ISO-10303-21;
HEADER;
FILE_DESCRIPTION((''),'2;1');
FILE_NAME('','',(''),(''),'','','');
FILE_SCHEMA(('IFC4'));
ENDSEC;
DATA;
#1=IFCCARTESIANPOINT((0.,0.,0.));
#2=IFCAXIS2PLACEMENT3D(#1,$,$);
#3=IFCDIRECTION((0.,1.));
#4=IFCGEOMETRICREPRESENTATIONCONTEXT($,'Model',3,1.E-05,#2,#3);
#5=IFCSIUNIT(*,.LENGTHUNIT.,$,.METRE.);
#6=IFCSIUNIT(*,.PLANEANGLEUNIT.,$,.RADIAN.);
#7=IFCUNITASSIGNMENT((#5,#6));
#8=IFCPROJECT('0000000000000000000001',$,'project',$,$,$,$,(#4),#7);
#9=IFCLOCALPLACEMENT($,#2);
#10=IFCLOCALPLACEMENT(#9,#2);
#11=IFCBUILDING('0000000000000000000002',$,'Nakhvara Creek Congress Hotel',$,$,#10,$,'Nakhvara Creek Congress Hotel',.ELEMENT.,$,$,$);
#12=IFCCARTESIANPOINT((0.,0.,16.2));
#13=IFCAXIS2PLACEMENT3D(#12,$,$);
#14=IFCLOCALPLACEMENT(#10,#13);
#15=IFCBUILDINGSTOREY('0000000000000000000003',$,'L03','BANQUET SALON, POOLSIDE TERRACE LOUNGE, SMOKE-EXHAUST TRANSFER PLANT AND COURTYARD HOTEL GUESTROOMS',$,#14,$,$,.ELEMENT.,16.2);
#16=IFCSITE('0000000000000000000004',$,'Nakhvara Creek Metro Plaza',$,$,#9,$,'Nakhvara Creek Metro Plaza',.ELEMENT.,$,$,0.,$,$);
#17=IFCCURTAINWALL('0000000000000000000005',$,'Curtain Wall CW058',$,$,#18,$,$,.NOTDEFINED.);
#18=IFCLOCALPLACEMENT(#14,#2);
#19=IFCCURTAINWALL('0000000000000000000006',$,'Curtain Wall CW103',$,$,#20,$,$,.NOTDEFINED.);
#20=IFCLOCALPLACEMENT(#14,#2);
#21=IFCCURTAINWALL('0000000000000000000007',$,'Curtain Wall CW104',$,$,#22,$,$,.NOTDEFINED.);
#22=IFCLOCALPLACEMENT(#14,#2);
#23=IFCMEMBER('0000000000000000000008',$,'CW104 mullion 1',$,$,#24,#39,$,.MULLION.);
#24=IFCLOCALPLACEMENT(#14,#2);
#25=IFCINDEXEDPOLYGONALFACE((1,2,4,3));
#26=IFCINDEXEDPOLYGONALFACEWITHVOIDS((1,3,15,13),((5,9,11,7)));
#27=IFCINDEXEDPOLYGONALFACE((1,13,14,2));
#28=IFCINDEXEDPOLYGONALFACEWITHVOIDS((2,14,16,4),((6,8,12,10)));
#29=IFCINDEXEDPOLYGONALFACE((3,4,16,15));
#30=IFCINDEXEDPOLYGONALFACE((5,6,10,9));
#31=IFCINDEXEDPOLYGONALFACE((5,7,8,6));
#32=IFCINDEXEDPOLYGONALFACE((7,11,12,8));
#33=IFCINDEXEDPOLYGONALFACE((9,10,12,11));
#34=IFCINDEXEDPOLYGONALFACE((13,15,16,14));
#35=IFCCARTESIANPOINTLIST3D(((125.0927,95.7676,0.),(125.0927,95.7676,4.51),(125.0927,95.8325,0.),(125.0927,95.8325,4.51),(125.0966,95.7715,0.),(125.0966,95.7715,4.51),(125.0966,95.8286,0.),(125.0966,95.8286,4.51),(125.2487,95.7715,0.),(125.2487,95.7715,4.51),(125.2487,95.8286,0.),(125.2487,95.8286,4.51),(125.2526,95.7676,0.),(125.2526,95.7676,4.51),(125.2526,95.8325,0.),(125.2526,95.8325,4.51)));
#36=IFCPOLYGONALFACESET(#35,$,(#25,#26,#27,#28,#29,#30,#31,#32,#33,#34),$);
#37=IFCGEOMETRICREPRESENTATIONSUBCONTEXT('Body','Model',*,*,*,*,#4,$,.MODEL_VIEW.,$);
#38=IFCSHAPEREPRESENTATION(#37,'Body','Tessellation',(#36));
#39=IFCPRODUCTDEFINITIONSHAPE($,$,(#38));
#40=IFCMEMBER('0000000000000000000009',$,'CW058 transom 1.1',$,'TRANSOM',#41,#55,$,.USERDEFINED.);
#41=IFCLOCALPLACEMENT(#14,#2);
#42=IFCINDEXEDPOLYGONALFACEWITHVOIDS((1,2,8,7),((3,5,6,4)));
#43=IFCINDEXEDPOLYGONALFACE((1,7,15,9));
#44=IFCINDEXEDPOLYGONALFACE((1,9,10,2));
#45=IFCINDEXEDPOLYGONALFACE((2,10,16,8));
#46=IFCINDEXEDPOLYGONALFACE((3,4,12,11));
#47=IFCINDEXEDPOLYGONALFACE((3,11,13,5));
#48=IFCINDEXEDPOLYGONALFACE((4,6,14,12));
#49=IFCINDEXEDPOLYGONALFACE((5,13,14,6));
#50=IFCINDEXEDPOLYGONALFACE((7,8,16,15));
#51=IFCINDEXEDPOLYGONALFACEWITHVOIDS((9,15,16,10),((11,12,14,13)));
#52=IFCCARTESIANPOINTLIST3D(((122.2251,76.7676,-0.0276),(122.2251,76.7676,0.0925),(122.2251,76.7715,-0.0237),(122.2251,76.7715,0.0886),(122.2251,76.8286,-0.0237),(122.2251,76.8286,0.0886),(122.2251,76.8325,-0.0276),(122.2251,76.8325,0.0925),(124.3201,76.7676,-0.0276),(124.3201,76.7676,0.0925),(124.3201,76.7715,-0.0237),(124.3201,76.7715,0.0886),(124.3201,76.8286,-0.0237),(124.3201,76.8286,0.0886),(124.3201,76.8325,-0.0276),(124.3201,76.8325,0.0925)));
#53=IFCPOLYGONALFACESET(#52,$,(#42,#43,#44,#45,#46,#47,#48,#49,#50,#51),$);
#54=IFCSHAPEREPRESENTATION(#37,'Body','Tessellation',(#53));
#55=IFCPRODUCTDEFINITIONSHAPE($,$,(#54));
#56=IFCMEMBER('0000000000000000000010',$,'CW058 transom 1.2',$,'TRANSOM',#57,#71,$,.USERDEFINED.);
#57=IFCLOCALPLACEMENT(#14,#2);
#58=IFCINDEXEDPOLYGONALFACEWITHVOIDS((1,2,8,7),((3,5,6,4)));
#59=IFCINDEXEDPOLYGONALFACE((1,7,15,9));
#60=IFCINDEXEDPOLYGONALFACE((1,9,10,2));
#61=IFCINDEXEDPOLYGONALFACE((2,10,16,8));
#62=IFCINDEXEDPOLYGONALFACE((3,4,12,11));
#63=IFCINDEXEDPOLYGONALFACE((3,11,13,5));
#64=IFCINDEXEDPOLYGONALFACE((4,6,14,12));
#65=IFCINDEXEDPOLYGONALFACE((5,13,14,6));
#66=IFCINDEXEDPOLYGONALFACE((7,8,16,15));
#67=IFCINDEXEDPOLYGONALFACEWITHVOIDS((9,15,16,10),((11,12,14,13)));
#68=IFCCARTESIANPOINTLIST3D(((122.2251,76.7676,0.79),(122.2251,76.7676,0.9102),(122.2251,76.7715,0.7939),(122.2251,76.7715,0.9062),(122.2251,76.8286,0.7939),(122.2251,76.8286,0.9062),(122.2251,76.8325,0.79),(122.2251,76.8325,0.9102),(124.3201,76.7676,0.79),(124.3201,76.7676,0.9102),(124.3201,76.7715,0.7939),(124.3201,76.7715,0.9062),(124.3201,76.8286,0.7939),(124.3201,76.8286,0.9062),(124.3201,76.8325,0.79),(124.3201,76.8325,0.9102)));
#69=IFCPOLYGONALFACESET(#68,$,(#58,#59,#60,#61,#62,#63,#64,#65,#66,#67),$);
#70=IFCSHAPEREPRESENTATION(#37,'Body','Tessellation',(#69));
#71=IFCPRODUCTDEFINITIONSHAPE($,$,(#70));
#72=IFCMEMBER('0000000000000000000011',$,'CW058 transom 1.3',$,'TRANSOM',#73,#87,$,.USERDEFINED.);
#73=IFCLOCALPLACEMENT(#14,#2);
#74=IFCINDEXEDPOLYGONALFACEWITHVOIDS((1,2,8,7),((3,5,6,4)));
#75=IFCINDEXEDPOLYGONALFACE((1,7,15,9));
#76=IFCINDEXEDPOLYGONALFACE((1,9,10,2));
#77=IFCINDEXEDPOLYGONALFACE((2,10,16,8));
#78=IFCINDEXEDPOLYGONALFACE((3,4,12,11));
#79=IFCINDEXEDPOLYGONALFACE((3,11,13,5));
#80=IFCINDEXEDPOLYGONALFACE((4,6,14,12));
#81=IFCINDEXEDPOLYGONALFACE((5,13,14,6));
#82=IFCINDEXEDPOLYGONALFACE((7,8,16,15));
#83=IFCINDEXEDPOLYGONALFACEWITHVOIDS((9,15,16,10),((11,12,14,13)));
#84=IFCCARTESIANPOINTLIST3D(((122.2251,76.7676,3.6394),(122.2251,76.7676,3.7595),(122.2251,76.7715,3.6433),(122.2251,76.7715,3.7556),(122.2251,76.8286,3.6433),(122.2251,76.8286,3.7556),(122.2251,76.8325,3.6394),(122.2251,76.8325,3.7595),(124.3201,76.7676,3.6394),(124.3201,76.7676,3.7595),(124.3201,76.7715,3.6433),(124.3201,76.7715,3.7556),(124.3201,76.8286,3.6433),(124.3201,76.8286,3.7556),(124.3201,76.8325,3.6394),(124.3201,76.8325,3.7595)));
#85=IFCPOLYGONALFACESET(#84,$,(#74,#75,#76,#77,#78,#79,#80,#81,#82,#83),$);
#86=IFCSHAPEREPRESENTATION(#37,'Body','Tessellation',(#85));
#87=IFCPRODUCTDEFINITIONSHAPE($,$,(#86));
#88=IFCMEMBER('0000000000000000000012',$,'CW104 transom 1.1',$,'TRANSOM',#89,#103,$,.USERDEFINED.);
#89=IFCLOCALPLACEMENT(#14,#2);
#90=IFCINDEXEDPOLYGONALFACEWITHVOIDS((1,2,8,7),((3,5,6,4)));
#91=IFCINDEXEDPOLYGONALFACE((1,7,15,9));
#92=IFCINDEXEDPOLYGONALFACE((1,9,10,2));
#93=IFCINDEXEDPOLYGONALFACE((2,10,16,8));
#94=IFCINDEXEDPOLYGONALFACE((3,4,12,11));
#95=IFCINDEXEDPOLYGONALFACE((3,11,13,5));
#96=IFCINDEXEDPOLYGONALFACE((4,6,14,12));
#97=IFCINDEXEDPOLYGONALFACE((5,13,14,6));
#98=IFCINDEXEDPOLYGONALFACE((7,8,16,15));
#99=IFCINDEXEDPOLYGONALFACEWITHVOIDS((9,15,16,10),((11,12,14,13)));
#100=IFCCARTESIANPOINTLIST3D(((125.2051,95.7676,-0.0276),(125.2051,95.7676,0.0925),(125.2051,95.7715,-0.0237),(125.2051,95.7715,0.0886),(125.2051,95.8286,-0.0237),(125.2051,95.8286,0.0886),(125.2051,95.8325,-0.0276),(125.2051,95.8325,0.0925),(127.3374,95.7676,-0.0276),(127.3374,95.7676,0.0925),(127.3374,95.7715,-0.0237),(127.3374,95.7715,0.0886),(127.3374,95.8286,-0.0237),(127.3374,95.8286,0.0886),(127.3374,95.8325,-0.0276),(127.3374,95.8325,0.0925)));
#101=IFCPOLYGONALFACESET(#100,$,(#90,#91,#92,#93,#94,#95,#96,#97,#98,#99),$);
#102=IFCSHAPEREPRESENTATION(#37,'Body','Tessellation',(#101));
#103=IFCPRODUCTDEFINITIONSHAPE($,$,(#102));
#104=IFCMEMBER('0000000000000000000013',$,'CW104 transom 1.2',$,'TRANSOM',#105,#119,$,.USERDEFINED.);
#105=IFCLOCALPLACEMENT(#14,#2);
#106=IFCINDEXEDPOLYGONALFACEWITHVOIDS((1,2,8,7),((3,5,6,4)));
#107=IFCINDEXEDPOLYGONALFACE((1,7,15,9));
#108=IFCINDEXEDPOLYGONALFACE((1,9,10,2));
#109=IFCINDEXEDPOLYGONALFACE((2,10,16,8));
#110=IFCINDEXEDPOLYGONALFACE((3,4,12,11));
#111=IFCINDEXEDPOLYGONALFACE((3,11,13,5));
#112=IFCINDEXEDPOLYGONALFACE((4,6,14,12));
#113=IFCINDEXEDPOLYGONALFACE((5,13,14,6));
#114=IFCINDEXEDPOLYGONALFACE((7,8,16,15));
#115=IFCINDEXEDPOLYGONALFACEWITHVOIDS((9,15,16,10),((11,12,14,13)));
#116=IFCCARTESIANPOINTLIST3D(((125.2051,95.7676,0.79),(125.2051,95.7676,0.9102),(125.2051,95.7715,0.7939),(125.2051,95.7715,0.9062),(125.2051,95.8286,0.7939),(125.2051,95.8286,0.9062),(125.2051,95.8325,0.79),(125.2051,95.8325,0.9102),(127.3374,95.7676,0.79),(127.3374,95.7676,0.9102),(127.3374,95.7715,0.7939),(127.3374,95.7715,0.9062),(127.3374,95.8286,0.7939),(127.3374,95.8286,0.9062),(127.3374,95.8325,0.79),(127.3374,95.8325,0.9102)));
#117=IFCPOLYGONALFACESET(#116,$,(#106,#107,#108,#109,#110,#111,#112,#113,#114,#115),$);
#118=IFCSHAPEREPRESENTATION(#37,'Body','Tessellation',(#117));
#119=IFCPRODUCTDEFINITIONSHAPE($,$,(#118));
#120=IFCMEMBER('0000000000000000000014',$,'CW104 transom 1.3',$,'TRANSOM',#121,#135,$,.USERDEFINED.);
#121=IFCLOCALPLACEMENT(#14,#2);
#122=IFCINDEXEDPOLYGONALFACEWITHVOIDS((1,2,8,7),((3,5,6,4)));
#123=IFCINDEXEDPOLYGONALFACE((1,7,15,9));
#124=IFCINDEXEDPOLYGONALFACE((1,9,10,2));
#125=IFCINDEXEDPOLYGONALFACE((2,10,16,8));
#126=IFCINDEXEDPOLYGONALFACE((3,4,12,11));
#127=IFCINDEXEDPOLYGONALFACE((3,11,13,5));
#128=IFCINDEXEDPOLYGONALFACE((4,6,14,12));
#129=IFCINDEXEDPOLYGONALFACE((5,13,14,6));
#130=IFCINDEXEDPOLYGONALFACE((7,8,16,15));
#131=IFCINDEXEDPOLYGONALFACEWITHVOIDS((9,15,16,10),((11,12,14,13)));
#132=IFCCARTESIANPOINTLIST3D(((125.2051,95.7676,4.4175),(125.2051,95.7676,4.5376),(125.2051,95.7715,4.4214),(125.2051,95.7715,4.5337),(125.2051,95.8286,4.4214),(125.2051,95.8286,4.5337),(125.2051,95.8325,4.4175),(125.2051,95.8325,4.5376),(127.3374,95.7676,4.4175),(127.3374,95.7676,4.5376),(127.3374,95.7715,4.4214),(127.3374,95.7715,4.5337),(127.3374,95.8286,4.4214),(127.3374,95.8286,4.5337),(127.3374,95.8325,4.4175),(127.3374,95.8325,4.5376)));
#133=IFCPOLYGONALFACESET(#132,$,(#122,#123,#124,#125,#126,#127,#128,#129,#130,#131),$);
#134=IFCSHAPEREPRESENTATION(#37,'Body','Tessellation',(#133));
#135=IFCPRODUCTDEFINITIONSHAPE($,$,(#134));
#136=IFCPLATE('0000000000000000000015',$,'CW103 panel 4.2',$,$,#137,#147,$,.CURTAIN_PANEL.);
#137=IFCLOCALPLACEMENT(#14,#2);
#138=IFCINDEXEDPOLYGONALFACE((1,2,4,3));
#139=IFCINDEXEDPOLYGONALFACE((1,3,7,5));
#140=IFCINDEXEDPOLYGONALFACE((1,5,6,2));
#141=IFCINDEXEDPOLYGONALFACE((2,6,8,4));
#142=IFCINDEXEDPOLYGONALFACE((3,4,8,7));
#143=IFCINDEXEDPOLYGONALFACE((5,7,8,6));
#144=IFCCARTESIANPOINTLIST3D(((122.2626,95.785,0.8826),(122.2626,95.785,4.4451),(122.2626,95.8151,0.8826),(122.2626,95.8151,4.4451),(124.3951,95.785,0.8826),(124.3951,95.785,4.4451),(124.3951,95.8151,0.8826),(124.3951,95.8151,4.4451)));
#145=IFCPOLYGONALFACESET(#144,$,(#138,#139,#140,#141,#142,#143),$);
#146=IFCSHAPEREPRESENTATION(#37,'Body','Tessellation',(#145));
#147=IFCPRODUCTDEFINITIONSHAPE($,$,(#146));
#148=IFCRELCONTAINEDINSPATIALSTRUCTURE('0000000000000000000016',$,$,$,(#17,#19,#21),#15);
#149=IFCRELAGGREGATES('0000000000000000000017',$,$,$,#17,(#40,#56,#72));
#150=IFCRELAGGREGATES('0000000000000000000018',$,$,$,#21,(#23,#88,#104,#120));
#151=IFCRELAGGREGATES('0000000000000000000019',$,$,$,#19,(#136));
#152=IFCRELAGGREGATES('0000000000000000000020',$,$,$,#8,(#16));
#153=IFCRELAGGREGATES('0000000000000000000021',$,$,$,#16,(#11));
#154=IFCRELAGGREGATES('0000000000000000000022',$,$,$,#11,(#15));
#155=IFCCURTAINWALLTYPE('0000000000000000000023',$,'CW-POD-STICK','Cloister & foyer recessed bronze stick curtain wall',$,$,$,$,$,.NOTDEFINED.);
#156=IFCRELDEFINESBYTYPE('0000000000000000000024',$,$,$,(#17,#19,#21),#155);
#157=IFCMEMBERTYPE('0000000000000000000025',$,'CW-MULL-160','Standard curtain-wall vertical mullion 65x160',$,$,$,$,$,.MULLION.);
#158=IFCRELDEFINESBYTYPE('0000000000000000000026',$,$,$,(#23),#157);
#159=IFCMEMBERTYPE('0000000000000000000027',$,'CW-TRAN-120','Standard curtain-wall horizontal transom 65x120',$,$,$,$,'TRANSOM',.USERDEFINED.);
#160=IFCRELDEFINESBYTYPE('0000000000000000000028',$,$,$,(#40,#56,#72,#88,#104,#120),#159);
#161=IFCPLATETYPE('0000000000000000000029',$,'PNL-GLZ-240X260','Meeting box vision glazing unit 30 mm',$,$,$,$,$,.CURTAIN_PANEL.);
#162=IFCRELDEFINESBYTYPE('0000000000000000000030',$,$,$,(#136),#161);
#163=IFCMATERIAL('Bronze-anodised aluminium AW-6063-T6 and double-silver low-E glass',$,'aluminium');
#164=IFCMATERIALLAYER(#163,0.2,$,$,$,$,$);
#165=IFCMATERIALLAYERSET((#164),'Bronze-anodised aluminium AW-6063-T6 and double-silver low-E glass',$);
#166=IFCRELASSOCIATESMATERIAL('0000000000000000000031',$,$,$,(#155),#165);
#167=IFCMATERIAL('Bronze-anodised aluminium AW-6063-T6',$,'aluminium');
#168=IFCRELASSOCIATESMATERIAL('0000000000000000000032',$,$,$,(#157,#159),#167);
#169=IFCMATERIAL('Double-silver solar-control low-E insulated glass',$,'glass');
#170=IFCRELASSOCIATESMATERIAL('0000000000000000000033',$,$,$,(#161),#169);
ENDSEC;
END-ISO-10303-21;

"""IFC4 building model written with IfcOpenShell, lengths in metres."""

from ifc_helpers import new_model, si_unit, direction, frame, origin, origin_2d, place, context, subcontext, project, spatial, rectangle, hollow_rectangle, extrude, material, layer, layer_set, material_profile, profile_set, type_object, element, aggregate, save


model = new_model("IFC4")

# Units and contexts
model_context = context("Model", 3, precision=1e-05, world=origin(), true_north=direction((0.0, 1.0)))
body_context = subcontext(model_context, "Body", "Model", "MODEL_VIEW")
ifc_project = project(units=[si_unit("LENGTHUNIT", "METRE"), si_unit("PLANEANGLEUNIT", "RADIAN")], contexts=[model_context])

# Site, building, storey
site_placement = place(None, origin())
site = spatial("IfcSite", under=ifc_project, at=site_placement, Name="Nakhvara Creek Metro Plaza", LongName="Nakhvara Creek Metro Plaza", CompositionType="ELEMENT", RefElevation=0.0)
building_placement = place(site_placement, origin())
building = spatial("IfcBuilding", under=site, at=building_placement, Name="Nakhvara Creek Congress Hotel", LongName="Nakhvara Creek Congress Hotel", CompositionType="ELEMENT")
storey_placement = place(building_placement, frame((0.0, 0.0, 16.2)))
storey = spatial("IfcBuildingStorey", under=building, at=storey_placement, Name="L03", Description="BANQUET SALON, POOLSIDE TERRACE LOUNGE, SMOKE-EXHAUST TRANSFER PLANT AND COURTYARD HOTEL GUESTROOMS", CompositionType="ELEMENT", Elevation=16.2)

# Curtain walls, member
ifc_material_1 = material(Name="Bronze-anodised aluminium AW-6063-T6 and double-silver low-E glass", Category="aluminium")
ifc_layer = layer(ifc_material_1, 0.2)
ifc_layer_set = layer_set([ifc_layer], Name="Bronze-anodised aluminium AW-6063-T6 and double-silver low-E glass")
curtain_wall_type = type_object("IfcCurtainWallType", Name="CW-POD-STICK", Description="Cloister & foyer recessed bronze stick curtain wall", PredefinedType="NOTDEFINED", material=ifc_layer_set)
curtain_wall_1_placement = place(storey_placement, origin())
curtain_wall_1 = element("IfcCurtainWall", 1, at=curtain_wall_1_placement, inside=storey, type_object=curtain_wall_type, Name="Curtain Wall CW058", PredefinedType="NOTDEFINED")
ifc_material_2 = material(Name="Bronze-anodised aluminium AW-6063-T6", Category="aluminium")
ifc_material_profile_1 = material_profile(ifc_material_2, hollow_rectangle(XDim=0.0649, YDim=0.1599, WallThickness=0.0039, at=origin_2d()), Name="ALU-MULL 65x160x4", Category="LoadBearing")
ifc_profile_set_1 = profile_set([ifc_material_profile_1], Name="Bronze-anodised aluminium AW-6063-T6")
member_type_1 = type_object("IfcMemberType", Name="CW-MULL-160", Description="Standard curtain-wall vertical mullion 65x160", PredefinedType="MULLION", material=ifc_profile_set_1)
curtain_wall_2_placement = place(storey_placement, origin())
curtain_wall_2 = element("IfcCurtainWall", 2, at=curtain_wall_2_placement, inside=storey, type_object=curtain_wall_type, Name="Curtain Wall CW103", PredefinedType="NOTDEFINED")
curtain_wall_3_placement = place(storey_placement, origin())
curtain_wall_3 = element("IfcCurtainWall", 3, at=curtain_wall_3_placement, inside=storey, type_object=curtain_wall_type, Name="Curtain Wall CW104", PredefinedType="NOTDEFINED")
member_1_placement = place(storey_placement, frame((125.1726, 95.8, 0.0), z_axis=(0.0, 0.0, 1.0), x_axis=(0.0, 1.0, 0.0)))
member_1 = element("IfcMember", 4, at=member_1_placement, type_object=member_type_1, Name="CW104 mullion 1", PredefinedType="MULLION", context=body_context, shape_type="SweptSolid", body=[
    extrude(hollow_rectangle(XDim=0.0649, YDim=0.1599, WallThickness=0.0039, at=origin_2d()), origin(), (0.0, 0.0, 1.0), 4.51),
])

# Members
ifc_material_profile_2 = material_profile(ifc_material_2, hollow_rectangle(XDim=0.0649, YDim=0.1201, WallThickness=0.0039, at=origin_2d()), Name="ALU-TRAN 65x120x4", Category="LoadBearing")
ifc_profile_set_2 = profile_set([ifc_material_profile_2], Name="Bronze-anodised aluminium AW-6063-T6")
member_type_2 = type_object("IfcMemberType", Name="CW-TRAN-120", Description="Standard curtain-wall horizontal transom 65x120", ElementType="TRANSOM", PredefinedType="USERDEFINED", material=ifc_profile_set_2)
member_2_placement = place(storey_placement, frame((124.3201, 76.8, 0.0325), z_axis=(-1.0, 0.0, 0.0), x_axis=(0.0, -1.0, 0.0)))
member_2 = element("IfcMember", 5, at=member_2_placement, type_object=member_type_2, Name="CW058 transom 1.1", ObjectType="TRANSOM", PredefinedType="USERDEFINED", context=body_context, shape_type="SweptSolid", body=[
    extrude(hollow_rectangle(XDim=0.0649, YDim=0.1201, WallThickness=0.0039, at=origin_2d()), origin(), (0.0, 0.0, 1.0), 2.095),
])
member_3_placement = place(storey_placement, frame((124.3201, 76.8, 0.8501), z_axis=(-1.0, 0.0, 0.0), x_axis=(0.0, -1.0, 0.0)))
member_3 = element("IfcMember", 6, at=member_3_placement, type_object=member_type_2, Name="CW058 transom 1.2", ObjectType="TRANSOM", PredefinedType="USERDEFINED", context=body_context, shape_type="SweptSolid", body=[
    extrude(hollow_rectangle(XDim=0.0649, YDim=0.1201, WallThickness=0.0039, at=origin_2d()), origin(), (0.0, 0.0, 1.0), 2.095),
])
member_4_placement = place(storey_placement, frame((124.3201, 76.8, 3.6995), z_axis=(-1.0, 0.0, 0.0), x_axis=(0.0, -1.0, 0.0)))
member_4 = element("IfcMember", 7, at=member_4_placement, type_object=member_type_2, Name="CW058 transom 1.3", ObjectType="TRANSOM", PredefinedType="USERDEFINED", context=body_context, shape_type="SweptSolid", body=[
    extrude(hollow_rectangle(XDim=0.0649, YDim=0.1201, WallThickness=0.0039, at=origin_2d()), origin(), (0.0, 0.0, 1.0), 2.095),
])
aggregate(curtain_wall_1, [member_2, member_3, member_4])
member_5_placement = place(storey_placement, frame((125.2051, 95.8, 0.0325), z_axis=(1.0, 0.0, 0.0), x_axis=(0.0, 1.0, 0.0)))
member_5 = element("IfcMember", 8, at=member_5_placement, type_object=member_type_2, Name="CW104 transom 1.1", ObjectType="TRANSOM", PredefinedType="USERDEFINED", context=body_context, shape_type="SweptSolid", body=[
    extrude(hollow_rectangle(XDim=0.0649, YDim=0.1201, WallThickness=0.0039, at=origin_2d()), origin(), (0.0, 0.0, 1.0), 2.1323),
])
member_6_placement = place(storey_placement, frame((125.2051, 95.8, 0.8501), z_axis=(1.0, 0.0, 0.0), x_axis=(0.0, 1.0, 0.0)))
member_6 = element("IfcMember", 9, at=member_6_placement, type_object=member_type_2, Name="CW104 transom 1.2", ObjectType="TRANSOM", PredefinedType="USERDEFINED", context=body_context, shape_type="SweptSolid", body=[
    extrude(hollow_rectangle(XDim=0.0649, YDim=0.1201, WallThickness=0.0039, at=origin_2d()), origin(), (0.0, 0.0, 1.0), 2.1323),
])
member_7_placement = place(storey_placement, frame((125.2051, 95.8, 4.4775), z_axis=(1.0, 0.0, 0.0), x_axis=(0.0, 1.0, 0.0)))
member_7 = element("IfcMember", 10, at=member_7_placement, type_object=member_type_2, Name="CW104 transom 1.3", ObjectType="TRANSOM", PredefinedType="USERDEFINED", context=body_context, shape_type="SweptSolid", body=[
    extrude(hollow_rectangle(XDim=0.0649, YDim=0.1201, WallThickness=0.0039, at=origin_2d()), origin(), (0.0, 0.0, 1.0), 2.1323),
])
aggregate(curtain_wall_3, [member_1, member_5, member_6, member_7])

# Plate
ifc_material_3 = material(Name="Double-silver solar-control low-E insulated glass", Category="glass")
plate_type = type_object("IfcPlateType", Name="PNL-GLZ-240X260", Description="Meeting box vision glazing unit 30 mm", PredefinedType="CURTAIN_PANEL", material=ifc_material_3)
plate_placement = place(storey_placement, frame((123.3289, 95.8, 0.8826), z_axis=(0.0, 0.0, 1.0), x_axis=(1.0, 0.0, 0.0)))
plate = element("IfcPlate", 11, at=plate_placement, type_object=plate_type, Name="CW103 panel 4.2", PredefinedType="CURTAIN_PANEL", context=body_context, shape_type="SweptSolid", body=[
    extrude(rectangle(XDim=2.1326, YDim=0.03, at=origin_2d()), origin(), (0.0, 0.0, 1.0), 3.5625),
])
aggregate(curtain_wall_2, [plate])

save(model, "model.ifc")
